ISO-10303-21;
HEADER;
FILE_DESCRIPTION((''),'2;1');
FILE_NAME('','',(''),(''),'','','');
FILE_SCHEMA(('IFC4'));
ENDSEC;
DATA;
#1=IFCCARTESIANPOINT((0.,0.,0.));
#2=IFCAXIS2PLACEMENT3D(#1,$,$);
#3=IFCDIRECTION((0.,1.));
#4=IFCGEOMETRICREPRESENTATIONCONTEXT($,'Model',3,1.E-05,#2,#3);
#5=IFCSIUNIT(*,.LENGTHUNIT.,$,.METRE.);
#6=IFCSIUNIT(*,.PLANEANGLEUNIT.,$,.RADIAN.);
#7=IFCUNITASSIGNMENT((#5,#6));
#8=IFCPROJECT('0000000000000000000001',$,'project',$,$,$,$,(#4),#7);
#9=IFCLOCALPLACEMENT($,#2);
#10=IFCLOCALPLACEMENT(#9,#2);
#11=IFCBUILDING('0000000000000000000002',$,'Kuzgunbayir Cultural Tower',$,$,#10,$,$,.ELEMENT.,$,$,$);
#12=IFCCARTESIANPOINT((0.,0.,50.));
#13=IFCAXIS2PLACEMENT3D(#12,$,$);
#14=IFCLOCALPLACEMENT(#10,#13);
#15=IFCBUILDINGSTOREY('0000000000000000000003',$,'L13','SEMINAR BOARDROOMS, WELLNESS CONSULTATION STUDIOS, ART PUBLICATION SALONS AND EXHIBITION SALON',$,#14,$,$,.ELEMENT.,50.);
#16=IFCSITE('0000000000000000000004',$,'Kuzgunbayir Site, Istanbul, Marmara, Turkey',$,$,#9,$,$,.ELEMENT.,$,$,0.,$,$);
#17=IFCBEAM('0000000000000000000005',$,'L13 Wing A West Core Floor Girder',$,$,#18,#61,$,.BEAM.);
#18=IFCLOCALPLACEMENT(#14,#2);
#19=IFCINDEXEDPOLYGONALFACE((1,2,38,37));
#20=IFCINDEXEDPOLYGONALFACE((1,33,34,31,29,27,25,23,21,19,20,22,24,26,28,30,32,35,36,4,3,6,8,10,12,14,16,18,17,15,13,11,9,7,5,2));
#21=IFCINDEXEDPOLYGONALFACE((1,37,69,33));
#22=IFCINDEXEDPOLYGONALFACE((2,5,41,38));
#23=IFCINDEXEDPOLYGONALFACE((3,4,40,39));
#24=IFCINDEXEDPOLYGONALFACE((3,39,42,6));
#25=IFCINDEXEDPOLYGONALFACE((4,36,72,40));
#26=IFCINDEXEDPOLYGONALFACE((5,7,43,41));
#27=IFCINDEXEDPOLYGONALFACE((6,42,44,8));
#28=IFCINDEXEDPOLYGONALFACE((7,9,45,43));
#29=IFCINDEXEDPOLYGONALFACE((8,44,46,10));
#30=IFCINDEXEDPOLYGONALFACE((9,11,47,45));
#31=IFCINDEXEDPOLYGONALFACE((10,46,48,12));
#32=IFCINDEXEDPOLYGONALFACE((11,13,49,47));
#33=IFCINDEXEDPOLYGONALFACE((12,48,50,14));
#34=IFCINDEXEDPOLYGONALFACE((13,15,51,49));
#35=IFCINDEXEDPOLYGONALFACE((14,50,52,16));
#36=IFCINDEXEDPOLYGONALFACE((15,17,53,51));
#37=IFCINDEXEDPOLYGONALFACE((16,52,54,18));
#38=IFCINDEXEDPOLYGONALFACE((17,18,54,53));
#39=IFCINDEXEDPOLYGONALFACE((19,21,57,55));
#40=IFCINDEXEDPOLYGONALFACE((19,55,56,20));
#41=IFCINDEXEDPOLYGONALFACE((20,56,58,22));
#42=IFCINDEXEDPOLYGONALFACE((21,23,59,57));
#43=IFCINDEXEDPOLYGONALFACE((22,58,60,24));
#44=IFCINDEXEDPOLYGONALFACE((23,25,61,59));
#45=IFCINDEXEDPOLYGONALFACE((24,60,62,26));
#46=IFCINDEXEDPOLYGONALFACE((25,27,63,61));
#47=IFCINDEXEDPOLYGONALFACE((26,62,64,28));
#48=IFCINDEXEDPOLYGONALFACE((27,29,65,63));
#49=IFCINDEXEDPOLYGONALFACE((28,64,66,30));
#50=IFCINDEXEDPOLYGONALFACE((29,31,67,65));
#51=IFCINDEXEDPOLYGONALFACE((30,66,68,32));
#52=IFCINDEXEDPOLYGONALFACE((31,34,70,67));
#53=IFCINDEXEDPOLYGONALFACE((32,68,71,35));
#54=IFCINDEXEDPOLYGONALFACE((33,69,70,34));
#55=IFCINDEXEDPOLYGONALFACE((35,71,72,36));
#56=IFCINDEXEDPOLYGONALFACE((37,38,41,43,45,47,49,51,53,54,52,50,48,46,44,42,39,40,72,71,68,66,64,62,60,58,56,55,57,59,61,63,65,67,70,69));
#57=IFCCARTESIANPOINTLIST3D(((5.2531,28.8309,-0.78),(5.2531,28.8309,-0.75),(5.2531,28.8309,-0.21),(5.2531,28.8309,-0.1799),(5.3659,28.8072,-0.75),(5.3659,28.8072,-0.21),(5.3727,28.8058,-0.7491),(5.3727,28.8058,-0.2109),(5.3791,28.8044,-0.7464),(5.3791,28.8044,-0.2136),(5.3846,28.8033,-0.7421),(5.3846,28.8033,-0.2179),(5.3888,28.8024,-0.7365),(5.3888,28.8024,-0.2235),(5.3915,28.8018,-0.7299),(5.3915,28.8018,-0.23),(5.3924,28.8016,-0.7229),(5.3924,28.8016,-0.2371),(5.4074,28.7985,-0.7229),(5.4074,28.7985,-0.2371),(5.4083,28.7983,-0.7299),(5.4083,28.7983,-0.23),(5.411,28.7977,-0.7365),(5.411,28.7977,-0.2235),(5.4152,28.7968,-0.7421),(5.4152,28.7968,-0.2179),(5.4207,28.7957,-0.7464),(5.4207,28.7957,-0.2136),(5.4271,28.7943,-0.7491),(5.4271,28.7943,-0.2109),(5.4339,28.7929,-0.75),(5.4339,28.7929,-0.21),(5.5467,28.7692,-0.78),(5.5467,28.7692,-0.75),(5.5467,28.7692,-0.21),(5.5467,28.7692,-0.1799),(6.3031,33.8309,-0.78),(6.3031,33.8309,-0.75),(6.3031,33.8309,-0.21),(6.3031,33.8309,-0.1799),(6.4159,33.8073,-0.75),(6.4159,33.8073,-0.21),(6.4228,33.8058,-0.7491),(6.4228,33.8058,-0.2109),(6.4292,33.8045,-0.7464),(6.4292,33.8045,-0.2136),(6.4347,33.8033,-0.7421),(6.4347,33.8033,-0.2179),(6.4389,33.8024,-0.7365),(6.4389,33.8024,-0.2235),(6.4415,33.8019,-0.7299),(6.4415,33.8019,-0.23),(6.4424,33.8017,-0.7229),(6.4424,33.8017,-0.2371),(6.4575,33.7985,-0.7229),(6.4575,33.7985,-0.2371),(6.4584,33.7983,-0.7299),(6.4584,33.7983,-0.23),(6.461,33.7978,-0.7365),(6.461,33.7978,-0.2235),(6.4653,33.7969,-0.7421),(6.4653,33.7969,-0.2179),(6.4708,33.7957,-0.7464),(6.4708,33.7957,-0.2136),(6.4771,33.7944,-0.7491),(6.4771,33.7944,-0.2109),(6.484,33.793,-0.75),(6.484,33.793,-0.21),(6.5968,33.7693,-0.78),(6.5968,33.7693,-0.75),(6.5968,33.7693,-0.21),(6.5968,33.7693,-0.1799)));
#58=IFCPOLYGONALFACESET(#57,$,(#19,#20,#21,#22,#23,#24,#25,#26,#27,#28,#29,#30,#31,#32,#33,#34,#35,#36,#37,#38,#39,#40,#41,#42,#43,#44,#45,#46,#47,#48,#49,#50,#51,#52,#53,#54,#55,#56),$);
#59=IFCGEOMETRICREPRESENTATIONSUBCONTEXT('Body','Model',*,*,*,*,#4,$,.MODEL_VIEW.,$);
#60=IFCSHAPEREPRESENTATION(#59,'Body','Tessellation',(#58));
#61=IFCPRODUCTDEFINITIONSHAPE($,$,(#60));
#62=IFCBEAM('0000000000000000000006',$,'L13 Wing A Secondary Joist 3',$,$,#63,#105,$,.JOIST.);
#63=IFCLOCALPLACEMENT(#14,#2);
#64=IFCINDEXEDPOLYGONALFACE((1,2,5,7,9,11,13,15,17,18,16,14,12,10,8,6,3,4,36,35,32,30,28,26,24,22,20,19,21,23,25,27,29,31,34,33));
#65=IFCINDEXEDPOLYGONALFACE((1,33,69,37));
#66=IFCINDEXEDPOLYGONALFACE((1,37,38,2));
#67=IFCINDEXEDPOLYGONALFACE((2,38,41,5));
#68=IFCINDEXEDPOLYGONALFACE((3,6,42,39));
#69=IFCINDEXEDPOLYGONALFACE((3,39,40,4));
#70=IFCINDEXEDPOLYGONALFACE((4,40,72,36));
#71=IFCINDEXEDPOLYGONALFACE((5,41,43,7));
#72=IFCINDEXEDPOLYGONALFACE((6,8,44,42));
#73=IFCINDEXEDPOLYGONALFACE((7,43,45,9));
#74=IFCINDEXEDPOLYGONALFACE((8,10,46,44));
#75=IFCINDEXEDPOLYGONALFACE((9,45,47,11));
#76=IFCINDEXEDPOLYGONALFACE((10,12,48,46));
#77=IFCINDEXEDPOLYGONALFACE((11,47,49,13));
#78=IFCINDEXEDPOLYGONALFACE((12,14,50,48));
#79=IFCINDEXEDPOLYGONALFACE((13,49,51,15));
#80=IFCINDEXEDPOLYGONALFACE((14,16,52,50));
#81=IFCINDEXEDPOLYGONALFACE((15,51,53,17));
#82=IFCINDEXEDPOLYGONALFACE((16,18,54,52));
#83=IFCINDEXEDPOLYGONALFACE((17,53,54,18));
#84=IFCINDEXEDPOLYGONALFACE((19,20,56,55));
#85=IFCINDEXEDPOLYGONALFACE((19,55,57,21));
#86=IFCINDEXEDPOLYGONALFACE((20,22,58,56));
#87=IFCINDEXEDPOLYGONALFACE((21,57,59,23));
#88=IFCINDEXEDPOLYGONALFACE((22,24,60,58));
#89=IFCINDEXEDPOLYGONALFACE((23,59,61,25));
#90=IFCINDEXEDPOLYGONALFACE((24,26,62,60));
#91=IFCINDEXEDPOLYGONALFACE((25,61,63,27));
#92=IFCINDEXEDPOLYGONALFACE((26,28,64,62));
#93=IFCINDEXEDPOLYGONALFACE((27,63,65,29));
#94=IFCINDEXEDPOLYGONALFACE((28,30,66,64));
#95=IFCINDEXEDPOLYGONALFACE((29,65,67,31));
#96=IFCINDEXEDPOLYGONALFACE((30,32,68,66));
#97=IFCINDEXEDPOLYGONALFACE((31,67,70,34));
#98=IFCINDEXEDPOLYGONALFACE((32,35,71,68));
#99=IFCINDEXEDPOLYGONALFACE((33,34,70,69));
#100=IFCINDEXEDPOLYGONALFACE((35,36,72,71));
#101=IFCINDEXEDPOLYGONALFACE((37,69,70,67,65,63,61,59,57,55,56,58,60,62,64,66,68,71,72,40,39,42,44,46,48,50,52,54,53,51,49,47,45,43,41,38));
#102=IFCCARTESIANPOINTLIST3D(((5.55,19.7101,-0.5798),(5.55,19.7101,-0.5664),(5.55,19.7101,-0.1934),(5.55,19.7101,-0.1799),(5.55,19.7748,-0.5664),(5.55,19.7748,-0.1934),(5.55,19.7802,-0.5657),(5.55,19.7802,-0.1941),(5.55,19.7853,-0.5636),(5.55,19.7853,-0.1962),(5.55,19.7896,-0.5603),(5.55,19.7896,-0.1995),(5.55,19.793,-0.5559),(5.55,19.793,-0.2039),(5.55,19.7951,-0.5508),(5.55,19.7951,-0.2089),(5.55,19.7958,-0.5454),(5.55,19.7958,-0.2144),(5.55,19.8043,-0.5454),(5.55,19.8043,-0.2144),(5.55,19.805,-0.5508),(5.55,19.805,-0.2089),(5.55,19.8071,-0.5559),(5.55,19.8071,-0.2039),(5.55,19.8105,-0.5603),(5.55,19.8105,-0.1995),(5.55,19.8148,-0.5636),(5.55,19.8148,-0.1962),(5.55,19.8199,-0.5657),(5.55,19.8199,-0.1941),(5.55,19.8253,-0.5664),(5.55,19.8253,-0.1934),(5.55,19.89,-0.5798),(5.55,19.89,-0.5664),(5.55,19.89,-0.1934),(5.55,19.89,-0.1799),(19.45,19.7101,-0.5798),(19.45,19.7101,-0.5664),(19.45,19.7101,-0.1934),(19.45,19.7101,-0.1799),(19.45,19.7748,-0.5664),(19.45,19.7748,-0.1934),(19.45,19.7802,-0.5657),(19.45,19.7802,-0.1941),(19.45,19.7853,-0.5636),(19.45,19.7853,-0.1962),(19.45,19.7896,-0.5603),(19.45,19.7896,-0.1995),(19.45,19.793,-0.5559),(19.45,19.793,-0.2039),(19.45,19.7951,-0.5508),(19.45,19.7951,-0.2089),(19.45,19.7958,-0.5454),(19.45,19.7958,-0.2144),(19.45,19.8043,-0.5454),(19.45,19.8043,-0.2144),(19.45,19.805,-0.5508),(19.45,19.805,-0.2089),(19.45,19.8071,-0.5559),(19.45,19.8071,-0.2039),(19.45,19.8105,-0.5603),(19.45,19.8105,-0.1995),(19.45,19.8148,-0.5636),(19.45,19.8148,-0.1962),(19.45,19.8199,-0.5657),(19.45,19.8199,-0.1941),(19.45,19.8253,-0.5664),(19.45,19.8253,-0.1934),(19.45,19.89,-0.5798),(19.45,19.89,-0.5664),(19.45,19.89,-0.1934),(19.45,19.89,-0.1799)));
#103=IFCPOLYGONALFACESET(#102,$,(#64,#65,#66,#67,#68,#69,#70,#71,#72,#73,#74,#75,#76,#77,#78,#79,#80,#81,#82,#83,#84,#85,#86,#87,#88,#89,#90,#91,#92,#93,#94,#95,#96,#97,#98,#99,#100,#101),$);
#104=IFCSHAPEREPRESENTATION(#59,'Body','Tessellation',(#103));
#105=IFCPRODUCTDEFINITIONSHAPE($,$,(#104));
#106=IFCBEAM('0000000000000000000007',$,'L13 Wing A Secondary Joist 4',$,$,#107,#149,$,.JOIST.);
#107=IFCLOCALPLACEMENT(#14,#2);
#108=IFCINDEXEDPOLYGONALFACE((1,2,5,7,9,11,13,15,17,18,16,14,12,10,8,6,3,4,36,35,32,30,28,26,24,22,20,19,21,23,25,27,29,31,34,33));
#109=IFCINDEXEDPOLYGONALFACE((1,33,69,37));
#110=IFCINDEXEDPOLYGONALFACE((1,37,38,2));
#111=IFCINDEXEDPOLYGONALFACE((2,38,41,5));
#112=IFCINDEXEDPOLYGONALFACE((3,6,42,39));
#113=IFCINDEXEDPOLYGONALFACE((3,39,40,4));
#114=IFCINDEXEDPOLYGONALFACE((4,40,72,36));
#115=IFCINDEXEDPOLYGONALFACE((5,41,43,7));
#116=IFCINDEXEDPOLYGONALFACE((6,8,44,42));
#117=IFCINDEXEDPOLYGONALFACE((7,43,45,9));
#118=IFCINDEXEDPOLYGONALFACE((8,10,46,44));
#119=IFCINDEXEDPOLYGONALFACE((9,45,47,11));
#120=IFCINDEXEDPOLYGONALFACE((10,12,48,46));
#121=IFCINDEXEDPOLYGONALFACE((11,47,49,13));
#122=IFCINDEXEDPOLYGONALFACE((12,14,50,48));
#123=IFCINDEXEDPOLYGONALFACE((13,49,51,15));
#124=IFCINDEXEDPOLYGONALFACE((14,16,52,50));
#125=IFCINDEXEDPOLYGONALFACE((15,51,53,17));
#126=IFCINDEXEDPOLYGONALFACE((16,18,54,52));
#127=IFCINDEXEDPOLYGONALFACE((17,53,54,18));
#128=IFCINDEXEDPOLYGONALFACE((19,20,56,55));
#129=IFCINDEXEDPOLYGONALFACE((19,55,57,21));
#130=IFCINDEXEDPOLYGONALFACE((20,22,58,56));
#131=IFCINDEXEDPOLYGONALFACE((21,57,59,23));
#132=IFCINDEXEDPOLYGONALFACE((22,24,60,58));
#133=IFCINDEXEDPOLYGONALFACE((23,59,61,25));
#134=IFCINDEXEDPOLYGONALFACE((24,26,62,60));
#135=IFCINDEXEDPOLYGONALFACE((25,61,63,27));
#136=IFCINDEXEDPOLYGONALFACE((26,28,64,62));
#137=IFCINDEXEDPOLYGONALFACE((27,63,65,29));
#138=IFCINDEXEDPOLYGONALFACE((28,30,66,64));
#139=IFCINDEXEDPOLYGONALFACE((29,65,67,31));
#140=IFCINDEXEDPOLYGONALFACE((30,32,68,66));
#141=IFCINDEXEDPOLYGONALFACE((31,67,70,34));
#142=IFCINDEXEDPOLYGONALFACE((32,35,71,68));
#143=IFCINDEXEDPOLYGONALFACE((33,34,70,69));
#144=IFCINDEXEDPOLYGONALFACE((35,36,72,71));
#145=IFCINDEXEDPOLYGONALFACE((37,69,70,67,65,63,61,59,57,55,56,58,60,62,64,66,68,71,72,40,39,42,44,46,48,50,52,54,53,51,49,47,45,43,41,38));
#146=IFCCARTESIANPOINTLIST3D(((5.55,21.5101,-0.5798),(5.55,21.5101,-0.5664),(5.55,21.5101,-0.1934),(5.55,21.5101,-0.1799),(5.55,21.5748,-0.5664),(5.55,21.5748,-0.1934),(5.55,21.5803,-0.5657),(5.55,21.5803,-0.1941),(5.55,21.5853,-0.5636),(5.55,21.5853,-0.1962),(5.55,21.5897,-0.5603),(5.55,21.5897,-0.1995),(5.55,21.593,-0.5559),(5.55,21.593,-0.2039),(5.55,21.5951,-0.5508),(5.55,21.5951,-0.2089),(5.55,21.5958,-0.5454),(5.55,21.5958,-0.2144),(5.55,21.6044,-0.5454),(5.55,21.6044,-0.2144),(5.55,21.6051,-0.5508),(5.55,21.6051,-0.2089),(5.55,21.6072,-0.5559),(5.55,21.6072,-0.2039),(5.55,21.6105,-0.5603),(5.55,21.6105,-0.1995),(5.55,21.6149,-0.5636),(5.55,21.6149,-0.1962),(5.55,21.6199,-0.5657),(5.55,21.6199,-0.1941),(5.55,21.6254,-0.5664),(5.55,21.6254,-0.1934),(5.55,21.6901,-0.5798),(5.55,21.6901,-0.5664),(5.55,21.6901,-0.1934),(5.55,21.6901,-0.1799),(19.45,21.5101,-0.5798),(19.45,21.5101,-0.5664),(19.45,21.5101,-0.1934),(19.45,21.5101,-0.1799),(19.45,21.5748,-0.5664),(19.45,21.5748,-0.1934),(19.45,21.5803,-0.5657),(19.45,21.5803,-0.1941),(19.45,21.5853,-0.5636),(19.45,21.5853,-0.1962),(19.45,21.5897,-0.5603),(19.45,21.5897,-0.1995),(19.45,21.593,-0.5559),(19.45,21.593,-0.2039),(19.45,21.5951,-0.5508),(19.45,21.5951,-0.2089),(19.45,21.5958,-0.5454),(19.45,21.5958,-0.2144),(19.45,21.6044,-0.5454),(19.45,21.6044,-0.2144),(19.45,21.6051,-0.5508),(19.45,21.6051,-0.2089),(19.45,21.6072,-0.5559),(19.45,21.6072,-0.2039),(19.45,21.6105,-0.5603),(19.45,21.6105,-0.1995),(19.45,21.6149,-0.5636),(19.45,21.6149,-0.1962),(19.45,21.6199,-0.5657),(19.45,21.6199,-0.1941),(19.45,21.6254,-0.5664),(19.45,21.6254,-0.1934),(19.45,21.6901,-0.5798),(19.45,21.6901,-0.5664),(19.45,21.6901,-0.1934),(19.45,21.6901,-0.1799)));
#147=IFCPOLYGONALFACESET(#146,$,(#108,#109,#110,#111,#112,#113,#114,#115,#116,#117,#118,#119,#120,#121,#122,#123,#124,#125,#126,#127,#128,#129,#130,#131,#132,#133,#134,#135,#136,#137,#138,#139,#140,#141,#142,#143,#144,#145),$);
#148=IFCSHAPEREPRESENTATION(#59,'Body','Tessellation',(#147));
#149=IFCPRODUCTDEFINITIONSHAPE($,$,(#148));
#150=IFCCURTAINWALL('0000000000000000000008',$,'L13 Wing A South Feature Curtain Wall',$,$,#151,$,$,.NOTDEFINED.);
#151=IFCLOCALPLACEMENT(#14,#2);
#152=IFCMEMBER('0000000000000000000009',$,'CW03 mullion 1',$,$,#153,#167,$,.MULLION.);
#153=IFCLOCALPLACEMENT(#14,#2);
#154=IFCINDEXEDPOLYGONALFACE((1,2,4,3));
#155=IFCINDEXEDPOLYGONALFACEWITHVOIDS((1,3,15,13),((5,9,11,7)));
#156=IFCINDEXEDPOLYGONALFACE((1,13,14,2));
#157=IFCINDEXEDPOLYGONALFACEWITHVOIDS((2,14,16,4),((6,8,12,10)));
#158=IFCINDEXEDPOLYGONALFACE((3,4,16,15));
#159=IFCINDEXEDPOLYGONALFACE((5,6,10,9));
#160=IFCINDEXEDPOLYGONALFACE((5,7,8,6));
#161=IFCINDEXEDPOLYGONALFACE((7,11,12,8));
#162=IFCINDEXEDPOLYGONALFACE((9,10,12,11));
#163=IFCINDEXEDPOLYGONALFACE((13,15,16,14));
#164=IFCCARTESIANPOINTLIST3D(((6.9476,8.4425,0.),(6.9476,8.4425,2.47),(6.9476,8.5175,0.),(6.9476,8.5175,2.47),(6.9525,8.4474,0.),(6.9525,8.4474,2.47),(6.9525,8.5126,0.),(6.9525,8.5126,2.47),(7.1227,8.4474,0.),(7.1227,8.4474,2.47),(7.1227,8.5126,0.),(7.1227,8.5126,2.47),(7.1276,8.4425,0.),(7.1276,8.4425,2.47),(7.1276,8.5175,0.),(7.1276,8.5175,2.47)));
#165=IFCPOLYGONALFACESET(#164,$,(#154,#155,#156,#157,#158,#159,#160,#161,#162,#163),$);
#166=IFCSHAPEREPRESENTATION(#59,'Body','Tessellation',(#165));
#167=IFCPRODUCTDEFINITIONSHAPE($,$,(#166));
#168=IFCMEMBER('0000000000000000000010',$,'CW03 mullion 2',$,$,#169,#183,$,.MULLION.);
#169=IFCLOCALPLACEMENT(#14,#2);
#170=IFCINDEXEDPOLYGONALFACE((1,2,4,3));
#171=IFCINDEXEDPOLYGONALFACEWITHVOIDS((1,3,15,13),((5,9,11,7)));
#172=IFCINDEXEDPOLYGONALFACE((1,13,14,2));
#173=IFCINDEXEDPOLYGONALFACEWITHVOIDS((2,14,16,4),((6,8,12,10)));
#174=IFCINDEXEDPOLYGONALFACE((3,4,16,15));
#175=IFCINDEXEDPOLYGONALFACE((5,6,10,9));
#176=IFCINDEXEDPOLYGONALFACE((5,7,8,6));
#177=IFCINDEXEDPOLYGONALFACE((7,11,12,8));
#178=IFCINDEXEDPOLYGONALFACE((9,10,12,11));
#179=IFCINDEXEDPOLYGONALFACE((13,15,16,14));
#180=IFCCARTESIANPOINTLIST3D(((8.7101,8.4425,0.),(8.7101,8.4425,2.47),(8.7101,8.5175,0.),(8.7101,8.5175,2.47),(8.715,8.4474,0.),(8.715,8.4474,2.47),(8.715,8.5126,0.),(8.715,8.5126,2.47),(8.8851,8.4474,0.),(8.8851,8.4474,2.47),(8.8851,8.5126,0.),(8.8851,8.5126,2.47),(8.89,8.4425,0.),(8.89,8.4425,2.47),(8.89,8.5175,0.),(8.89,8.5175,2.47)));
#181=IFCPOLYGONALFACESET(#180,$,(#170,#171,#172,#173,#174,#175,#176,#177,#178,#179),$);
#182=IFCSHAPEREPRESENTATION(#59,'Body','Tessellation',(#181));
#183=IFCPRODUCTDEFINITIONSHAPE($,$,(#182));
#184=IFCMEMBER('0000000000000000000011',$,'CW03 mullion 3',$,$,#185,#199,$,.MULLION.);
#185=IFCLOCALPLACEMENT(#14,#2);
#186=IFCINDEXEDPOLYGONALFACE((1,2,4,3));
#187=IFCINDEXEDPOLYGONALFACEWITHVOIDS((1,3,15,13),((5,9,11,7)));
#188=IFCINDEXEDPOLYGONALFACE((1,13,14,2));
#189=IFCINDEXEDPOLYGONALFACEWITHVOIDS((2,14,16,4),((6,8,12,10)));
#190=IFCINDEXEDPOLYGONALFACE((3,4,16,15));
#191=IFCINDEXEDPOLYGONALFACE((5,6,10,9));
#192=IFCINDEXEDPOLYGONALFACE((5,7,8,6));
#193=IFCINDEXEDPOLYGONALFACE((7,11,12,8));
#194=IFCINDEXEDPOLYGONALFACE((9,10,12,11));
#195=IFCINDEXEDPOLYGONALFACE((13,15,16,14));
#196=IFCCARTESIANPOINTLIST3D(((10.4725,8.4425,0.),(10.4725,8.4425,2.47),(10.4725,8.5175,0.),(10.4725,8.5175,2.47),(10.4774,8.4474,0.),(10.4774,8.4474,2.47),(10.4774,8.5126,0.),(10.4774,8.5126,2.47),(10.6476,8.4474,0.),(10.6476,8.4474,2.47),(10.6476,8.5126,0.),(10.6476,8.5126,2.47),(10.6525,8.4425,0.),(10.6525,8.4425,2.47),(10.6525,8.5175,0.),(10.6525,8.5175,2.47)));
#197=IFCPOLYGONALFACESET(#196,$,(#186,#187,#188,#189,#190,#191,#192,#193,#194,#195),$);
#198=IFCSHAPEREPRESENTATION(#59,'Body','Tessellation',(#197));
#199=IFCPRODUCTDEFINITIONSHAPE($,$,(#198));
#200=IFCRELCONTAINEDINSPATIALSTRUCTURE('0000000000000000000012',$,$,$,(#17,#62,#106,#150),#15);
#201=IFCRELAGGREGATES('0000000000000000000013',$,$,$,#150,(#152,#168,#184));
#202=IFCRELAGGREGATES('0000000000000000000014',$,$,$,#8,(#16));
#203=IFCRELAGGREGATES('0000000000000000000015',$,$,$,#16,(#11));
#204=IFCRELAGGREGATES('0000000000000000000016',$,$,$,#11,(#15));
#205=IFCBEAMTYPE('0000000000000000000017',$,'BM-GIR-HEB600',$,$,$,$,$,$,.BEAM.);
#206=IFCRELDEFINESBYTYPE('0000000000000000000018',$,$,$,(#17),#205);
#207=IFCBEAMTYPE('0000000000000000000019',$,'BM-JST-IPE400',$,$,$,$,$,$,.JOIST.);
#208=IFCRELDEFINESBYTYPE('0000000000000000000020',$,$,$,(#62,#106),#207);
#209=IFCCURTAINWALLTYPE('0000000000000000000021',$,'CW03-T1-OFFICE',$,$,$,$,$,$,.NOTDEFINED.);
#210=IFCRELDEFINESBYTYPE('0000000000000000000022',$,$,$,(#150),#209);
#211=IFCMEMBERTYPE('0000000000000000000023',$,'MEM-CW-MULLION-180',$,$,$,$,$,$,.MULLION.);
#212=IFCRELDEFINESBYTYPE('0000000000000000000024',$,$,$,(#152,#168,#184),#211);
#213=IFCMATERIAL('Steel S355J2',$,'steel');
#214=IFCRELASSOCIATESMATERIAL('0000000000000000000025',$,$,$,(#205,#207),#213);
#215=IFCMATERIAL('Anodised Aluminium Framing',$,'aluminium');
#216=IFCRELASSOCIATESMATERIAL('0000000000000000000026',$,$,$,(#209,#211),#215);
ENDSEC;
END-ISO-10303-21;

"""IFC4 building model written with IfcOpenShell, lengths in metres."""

from ifc_helpers import new_model, si_unit, direction, frame, origin, origin_2d, place, context, subcontext, project, spatial, hollow_rectangle, i_section, extrude, material, material_profile, profile_set, type_object, element, aggregate, save


model = new_model("IFC4")

# Units and contexts
model_context = context("Model", 3, precision=1e-05, world=origin(), true_north=direction((0.0, 1.0)))
body_context = subcontext(model_context, "Body", "Model", "MODEL_VIEW")
ifc_project = project(units=[si_unit("LENGTHUNIT", "METRE"), si_unit("PLANEANGLEUNIT", "RADIAN")], contexts=[model_context])

# Site, building, storey
site_placement = place(None, origin())
site = spatial("IfcSite", under=ifc_project, at=site_placement, Name="Kuzgunbayir Site, Istanbul, Marmara, Turkey", CompositionType="ELEMENT", RefElevation=0.0)
building_placement = place(site_placement, origin())
building = spatial("IfcBuilding", under=site, at=building_placement, Name="Kuzgunbayir Cultural Tower", CompositionType="ELEMENT")
storey_placement = place(building_placement, frame((0.0, 0.0, 50.0)))
storey = spatial("IfcBuildingStorey", under=building, at=storey_placement, Name="L13", Description="SEMINAR BOARDROOMS, WELLNESS CONSULTATION STUDIOS, ART PUBLICATION SALONS AND EXHIBITION SALON", CompositionType="ELEMENT", Elevation=50.0)

# Beams
ifc_material_1 = material(Name="Steel S355J2", Category="steel")
ifc_material_profile_1 = material_profile(ifc_material_1, i_section(OverallWidth=0.3, OverallDepth=0.6001, WebThickness=0.0154, FlangeThickness=0.03, FilletRadius=0.0271, at=origin_2d()), Name="HEB 600")
ifc_profile_set_1 = profile_set([ifc_material_profile_1], Name="Steel S355J2")
beam_type_1 = type_object("IfcBeamType", Name="BM-GIR-HEB600", PredefinedType="BEAM", material=ifc_profile_set_1)
beam_placement = place(storey_placement, frame((5.3999, 28.8, -0.48), z_axis=(0.205526, 0.978652, 0.0), x_axis=(-0.978652, 0.205526, 0.0)))
element("IfcBeam", 1, at=beam_placement, inside=storey, type_object=beam_type_1, Name="L13 Wing A West Core Floor Girder", PredefinedType="BEAM", context=body_context, shape_type="SweptSolid", body=[
    extrude(i_section(OverallWidth=0.3, OverallDepth=0.6001, WebThickness=0.0154, FlangeThickness=0.03, FilletRadius=0.0271, at=origin_2d()), origin(), (0.0, 0.0, 1.0), 5.1091),
])
ifc_material_profile_2 = material_profile(ifc_material_1, i_section(OverallWidth=0.1799, OverallDepth=0.3999, WebThickness=0.0085, FlangeThickness=0.0134, FilletRadius=0.021, at=origin_2d()), Name="IPE 400")
ifc_profile_set_2 = profile_set([ifc_material_profile_2], Name="Steel S355J2")
beam_type_2 = type_object("IfcBeamType", Name="BM-JST-IPE400", PredefinedType="JOIST", material=ifc_profile_set_2)
for number, where, z_axis, x_axis, name in (
    (2, (5.55, 19.8, -0.3799), (1.0, 0.0, 0.0), (0.0, 1.0, 0.0), "L13 Wing A Secondary Joist 3"),
    (3, (5.55, 21.6001, -0.3799), (1.0, 0.0, 0.0), (0.0, 1.0, 0.0), "L13 Wing A Secondary Joist 4"),
):
    element("IfcBeam", number, at=place(storey_placement, frame(where, z_axis=z_axis, x_axis=x_axis)), inside=storey, type_object=beam_type_2, Name=name, PredefinedType="JOIST", context=body_context, shape_type="SweptSolid", body=[
        extrude(i_section(OverallWidth=0.1799, OverallDepth=0.3999, WebThickness=0.0085, FlangeThickness=0.0134, FilletRadius=0.021, at=origin_2d()), origin(), (0.0, 0.0, 1.0), 13.8999),
    ])

# Curtain wall, members
ifc_material_2 = material(Name="Anodised Aluminium Framing", Category="aluminium")
curtain_wall_type = type_object("IfcCurtainWallType", Name="CW03-T1-OFFICE", PredefinedType="NOTDEFINED", material=ifc_material_2)
curtain_wall_placement = place(storey_placement, origin())
curtain_wall = element("IfcCurtainWall", 4, at=curtain_wall_placement, inside=storey, type_object=curtain_wall_type, Name="L13 Wing A South Feature Curtain Wall", PredefinedType="NOTDEFINED")
ifc_material_profile_3 = material_profile(ifc_material_2, hollow_rectangle(XDim=0.075, YDim=0.1799, WallThickness=0.0049, at=origin_2d()), Name="RHS 180x75x5")
ifc_profile_set_3 = profile_set([ifc_material_profile_3], Name="Anodised Aluminium Framing")
member_type_1 = type_object("IfcMemberType", Name="MEM-CW-MULLION-180", PredefinedType="MULLION", material=ifc_profile_set_3)
member_1_placement = place(storey_placement, frame((7.0376, 8.48, 0.0), z_axis=(0.0, 0.0, 1.0), x_axis=(0.0, 1.0, 0.0)))
member_1 = element("IfcMember", 5, at=member_1_placement, type_object=member_type_1, Name="CW03 mullion 1", PredefinedType="MULLION", context=body_context, shape_type="SweptSolid", body=[
    extrude(hollow_rectangle(XDim=0.075, YDim=0.1799, WallThickness=0.0049, at=origin_2d()), origin(), (0.0, 0.0, 1.0), 2.47),
])
member_2_placement = place(storey_placement, frame((8.8, 8.48, 0.0), z_axis=(0.0, 0.0, 1.0), x_axis=(0.0, 1.0, 0.0)))
member_2 = element("IfcMember", 6, at=member_2_placement, type_object=member_type_1, Name="CW03 mullion 2", PredefinedType="MULLION", context=body_context, shape_type="SweptSolid", body=[
    extrude(hollow_rectangle(XDim=0.075, YDim=0.1799, WallThickness=0.0049, at=origin_2d()), origin(), (0.0, 0.0, 1.0), 2.47),
])
member_3_placement = place(storey_placement, frame((10.5625, 8.48, 0.0), z_axis=(0.0, 0.0, 1.0), x_axis=(0.0, 1.0, 0.0)))
member_3 = element("IfcMember", 7, at=member_3_placement, type_object=member_type_1, Name="CW03 mullion 3", PredefinedType="MULLION", context=body_context, shape_type="SweptSolid", body=[
    extrude(hollow_rectangle(XDim=0.075, YDim=0.1799, WallThickness=0.0049, at=origin_2d()), origin(), (0.0, 0.0, 1.0), 2.47),
])
aggregate(curtain_wall, [member_1, member_2, member_3])

save(model, "model.ifc")
